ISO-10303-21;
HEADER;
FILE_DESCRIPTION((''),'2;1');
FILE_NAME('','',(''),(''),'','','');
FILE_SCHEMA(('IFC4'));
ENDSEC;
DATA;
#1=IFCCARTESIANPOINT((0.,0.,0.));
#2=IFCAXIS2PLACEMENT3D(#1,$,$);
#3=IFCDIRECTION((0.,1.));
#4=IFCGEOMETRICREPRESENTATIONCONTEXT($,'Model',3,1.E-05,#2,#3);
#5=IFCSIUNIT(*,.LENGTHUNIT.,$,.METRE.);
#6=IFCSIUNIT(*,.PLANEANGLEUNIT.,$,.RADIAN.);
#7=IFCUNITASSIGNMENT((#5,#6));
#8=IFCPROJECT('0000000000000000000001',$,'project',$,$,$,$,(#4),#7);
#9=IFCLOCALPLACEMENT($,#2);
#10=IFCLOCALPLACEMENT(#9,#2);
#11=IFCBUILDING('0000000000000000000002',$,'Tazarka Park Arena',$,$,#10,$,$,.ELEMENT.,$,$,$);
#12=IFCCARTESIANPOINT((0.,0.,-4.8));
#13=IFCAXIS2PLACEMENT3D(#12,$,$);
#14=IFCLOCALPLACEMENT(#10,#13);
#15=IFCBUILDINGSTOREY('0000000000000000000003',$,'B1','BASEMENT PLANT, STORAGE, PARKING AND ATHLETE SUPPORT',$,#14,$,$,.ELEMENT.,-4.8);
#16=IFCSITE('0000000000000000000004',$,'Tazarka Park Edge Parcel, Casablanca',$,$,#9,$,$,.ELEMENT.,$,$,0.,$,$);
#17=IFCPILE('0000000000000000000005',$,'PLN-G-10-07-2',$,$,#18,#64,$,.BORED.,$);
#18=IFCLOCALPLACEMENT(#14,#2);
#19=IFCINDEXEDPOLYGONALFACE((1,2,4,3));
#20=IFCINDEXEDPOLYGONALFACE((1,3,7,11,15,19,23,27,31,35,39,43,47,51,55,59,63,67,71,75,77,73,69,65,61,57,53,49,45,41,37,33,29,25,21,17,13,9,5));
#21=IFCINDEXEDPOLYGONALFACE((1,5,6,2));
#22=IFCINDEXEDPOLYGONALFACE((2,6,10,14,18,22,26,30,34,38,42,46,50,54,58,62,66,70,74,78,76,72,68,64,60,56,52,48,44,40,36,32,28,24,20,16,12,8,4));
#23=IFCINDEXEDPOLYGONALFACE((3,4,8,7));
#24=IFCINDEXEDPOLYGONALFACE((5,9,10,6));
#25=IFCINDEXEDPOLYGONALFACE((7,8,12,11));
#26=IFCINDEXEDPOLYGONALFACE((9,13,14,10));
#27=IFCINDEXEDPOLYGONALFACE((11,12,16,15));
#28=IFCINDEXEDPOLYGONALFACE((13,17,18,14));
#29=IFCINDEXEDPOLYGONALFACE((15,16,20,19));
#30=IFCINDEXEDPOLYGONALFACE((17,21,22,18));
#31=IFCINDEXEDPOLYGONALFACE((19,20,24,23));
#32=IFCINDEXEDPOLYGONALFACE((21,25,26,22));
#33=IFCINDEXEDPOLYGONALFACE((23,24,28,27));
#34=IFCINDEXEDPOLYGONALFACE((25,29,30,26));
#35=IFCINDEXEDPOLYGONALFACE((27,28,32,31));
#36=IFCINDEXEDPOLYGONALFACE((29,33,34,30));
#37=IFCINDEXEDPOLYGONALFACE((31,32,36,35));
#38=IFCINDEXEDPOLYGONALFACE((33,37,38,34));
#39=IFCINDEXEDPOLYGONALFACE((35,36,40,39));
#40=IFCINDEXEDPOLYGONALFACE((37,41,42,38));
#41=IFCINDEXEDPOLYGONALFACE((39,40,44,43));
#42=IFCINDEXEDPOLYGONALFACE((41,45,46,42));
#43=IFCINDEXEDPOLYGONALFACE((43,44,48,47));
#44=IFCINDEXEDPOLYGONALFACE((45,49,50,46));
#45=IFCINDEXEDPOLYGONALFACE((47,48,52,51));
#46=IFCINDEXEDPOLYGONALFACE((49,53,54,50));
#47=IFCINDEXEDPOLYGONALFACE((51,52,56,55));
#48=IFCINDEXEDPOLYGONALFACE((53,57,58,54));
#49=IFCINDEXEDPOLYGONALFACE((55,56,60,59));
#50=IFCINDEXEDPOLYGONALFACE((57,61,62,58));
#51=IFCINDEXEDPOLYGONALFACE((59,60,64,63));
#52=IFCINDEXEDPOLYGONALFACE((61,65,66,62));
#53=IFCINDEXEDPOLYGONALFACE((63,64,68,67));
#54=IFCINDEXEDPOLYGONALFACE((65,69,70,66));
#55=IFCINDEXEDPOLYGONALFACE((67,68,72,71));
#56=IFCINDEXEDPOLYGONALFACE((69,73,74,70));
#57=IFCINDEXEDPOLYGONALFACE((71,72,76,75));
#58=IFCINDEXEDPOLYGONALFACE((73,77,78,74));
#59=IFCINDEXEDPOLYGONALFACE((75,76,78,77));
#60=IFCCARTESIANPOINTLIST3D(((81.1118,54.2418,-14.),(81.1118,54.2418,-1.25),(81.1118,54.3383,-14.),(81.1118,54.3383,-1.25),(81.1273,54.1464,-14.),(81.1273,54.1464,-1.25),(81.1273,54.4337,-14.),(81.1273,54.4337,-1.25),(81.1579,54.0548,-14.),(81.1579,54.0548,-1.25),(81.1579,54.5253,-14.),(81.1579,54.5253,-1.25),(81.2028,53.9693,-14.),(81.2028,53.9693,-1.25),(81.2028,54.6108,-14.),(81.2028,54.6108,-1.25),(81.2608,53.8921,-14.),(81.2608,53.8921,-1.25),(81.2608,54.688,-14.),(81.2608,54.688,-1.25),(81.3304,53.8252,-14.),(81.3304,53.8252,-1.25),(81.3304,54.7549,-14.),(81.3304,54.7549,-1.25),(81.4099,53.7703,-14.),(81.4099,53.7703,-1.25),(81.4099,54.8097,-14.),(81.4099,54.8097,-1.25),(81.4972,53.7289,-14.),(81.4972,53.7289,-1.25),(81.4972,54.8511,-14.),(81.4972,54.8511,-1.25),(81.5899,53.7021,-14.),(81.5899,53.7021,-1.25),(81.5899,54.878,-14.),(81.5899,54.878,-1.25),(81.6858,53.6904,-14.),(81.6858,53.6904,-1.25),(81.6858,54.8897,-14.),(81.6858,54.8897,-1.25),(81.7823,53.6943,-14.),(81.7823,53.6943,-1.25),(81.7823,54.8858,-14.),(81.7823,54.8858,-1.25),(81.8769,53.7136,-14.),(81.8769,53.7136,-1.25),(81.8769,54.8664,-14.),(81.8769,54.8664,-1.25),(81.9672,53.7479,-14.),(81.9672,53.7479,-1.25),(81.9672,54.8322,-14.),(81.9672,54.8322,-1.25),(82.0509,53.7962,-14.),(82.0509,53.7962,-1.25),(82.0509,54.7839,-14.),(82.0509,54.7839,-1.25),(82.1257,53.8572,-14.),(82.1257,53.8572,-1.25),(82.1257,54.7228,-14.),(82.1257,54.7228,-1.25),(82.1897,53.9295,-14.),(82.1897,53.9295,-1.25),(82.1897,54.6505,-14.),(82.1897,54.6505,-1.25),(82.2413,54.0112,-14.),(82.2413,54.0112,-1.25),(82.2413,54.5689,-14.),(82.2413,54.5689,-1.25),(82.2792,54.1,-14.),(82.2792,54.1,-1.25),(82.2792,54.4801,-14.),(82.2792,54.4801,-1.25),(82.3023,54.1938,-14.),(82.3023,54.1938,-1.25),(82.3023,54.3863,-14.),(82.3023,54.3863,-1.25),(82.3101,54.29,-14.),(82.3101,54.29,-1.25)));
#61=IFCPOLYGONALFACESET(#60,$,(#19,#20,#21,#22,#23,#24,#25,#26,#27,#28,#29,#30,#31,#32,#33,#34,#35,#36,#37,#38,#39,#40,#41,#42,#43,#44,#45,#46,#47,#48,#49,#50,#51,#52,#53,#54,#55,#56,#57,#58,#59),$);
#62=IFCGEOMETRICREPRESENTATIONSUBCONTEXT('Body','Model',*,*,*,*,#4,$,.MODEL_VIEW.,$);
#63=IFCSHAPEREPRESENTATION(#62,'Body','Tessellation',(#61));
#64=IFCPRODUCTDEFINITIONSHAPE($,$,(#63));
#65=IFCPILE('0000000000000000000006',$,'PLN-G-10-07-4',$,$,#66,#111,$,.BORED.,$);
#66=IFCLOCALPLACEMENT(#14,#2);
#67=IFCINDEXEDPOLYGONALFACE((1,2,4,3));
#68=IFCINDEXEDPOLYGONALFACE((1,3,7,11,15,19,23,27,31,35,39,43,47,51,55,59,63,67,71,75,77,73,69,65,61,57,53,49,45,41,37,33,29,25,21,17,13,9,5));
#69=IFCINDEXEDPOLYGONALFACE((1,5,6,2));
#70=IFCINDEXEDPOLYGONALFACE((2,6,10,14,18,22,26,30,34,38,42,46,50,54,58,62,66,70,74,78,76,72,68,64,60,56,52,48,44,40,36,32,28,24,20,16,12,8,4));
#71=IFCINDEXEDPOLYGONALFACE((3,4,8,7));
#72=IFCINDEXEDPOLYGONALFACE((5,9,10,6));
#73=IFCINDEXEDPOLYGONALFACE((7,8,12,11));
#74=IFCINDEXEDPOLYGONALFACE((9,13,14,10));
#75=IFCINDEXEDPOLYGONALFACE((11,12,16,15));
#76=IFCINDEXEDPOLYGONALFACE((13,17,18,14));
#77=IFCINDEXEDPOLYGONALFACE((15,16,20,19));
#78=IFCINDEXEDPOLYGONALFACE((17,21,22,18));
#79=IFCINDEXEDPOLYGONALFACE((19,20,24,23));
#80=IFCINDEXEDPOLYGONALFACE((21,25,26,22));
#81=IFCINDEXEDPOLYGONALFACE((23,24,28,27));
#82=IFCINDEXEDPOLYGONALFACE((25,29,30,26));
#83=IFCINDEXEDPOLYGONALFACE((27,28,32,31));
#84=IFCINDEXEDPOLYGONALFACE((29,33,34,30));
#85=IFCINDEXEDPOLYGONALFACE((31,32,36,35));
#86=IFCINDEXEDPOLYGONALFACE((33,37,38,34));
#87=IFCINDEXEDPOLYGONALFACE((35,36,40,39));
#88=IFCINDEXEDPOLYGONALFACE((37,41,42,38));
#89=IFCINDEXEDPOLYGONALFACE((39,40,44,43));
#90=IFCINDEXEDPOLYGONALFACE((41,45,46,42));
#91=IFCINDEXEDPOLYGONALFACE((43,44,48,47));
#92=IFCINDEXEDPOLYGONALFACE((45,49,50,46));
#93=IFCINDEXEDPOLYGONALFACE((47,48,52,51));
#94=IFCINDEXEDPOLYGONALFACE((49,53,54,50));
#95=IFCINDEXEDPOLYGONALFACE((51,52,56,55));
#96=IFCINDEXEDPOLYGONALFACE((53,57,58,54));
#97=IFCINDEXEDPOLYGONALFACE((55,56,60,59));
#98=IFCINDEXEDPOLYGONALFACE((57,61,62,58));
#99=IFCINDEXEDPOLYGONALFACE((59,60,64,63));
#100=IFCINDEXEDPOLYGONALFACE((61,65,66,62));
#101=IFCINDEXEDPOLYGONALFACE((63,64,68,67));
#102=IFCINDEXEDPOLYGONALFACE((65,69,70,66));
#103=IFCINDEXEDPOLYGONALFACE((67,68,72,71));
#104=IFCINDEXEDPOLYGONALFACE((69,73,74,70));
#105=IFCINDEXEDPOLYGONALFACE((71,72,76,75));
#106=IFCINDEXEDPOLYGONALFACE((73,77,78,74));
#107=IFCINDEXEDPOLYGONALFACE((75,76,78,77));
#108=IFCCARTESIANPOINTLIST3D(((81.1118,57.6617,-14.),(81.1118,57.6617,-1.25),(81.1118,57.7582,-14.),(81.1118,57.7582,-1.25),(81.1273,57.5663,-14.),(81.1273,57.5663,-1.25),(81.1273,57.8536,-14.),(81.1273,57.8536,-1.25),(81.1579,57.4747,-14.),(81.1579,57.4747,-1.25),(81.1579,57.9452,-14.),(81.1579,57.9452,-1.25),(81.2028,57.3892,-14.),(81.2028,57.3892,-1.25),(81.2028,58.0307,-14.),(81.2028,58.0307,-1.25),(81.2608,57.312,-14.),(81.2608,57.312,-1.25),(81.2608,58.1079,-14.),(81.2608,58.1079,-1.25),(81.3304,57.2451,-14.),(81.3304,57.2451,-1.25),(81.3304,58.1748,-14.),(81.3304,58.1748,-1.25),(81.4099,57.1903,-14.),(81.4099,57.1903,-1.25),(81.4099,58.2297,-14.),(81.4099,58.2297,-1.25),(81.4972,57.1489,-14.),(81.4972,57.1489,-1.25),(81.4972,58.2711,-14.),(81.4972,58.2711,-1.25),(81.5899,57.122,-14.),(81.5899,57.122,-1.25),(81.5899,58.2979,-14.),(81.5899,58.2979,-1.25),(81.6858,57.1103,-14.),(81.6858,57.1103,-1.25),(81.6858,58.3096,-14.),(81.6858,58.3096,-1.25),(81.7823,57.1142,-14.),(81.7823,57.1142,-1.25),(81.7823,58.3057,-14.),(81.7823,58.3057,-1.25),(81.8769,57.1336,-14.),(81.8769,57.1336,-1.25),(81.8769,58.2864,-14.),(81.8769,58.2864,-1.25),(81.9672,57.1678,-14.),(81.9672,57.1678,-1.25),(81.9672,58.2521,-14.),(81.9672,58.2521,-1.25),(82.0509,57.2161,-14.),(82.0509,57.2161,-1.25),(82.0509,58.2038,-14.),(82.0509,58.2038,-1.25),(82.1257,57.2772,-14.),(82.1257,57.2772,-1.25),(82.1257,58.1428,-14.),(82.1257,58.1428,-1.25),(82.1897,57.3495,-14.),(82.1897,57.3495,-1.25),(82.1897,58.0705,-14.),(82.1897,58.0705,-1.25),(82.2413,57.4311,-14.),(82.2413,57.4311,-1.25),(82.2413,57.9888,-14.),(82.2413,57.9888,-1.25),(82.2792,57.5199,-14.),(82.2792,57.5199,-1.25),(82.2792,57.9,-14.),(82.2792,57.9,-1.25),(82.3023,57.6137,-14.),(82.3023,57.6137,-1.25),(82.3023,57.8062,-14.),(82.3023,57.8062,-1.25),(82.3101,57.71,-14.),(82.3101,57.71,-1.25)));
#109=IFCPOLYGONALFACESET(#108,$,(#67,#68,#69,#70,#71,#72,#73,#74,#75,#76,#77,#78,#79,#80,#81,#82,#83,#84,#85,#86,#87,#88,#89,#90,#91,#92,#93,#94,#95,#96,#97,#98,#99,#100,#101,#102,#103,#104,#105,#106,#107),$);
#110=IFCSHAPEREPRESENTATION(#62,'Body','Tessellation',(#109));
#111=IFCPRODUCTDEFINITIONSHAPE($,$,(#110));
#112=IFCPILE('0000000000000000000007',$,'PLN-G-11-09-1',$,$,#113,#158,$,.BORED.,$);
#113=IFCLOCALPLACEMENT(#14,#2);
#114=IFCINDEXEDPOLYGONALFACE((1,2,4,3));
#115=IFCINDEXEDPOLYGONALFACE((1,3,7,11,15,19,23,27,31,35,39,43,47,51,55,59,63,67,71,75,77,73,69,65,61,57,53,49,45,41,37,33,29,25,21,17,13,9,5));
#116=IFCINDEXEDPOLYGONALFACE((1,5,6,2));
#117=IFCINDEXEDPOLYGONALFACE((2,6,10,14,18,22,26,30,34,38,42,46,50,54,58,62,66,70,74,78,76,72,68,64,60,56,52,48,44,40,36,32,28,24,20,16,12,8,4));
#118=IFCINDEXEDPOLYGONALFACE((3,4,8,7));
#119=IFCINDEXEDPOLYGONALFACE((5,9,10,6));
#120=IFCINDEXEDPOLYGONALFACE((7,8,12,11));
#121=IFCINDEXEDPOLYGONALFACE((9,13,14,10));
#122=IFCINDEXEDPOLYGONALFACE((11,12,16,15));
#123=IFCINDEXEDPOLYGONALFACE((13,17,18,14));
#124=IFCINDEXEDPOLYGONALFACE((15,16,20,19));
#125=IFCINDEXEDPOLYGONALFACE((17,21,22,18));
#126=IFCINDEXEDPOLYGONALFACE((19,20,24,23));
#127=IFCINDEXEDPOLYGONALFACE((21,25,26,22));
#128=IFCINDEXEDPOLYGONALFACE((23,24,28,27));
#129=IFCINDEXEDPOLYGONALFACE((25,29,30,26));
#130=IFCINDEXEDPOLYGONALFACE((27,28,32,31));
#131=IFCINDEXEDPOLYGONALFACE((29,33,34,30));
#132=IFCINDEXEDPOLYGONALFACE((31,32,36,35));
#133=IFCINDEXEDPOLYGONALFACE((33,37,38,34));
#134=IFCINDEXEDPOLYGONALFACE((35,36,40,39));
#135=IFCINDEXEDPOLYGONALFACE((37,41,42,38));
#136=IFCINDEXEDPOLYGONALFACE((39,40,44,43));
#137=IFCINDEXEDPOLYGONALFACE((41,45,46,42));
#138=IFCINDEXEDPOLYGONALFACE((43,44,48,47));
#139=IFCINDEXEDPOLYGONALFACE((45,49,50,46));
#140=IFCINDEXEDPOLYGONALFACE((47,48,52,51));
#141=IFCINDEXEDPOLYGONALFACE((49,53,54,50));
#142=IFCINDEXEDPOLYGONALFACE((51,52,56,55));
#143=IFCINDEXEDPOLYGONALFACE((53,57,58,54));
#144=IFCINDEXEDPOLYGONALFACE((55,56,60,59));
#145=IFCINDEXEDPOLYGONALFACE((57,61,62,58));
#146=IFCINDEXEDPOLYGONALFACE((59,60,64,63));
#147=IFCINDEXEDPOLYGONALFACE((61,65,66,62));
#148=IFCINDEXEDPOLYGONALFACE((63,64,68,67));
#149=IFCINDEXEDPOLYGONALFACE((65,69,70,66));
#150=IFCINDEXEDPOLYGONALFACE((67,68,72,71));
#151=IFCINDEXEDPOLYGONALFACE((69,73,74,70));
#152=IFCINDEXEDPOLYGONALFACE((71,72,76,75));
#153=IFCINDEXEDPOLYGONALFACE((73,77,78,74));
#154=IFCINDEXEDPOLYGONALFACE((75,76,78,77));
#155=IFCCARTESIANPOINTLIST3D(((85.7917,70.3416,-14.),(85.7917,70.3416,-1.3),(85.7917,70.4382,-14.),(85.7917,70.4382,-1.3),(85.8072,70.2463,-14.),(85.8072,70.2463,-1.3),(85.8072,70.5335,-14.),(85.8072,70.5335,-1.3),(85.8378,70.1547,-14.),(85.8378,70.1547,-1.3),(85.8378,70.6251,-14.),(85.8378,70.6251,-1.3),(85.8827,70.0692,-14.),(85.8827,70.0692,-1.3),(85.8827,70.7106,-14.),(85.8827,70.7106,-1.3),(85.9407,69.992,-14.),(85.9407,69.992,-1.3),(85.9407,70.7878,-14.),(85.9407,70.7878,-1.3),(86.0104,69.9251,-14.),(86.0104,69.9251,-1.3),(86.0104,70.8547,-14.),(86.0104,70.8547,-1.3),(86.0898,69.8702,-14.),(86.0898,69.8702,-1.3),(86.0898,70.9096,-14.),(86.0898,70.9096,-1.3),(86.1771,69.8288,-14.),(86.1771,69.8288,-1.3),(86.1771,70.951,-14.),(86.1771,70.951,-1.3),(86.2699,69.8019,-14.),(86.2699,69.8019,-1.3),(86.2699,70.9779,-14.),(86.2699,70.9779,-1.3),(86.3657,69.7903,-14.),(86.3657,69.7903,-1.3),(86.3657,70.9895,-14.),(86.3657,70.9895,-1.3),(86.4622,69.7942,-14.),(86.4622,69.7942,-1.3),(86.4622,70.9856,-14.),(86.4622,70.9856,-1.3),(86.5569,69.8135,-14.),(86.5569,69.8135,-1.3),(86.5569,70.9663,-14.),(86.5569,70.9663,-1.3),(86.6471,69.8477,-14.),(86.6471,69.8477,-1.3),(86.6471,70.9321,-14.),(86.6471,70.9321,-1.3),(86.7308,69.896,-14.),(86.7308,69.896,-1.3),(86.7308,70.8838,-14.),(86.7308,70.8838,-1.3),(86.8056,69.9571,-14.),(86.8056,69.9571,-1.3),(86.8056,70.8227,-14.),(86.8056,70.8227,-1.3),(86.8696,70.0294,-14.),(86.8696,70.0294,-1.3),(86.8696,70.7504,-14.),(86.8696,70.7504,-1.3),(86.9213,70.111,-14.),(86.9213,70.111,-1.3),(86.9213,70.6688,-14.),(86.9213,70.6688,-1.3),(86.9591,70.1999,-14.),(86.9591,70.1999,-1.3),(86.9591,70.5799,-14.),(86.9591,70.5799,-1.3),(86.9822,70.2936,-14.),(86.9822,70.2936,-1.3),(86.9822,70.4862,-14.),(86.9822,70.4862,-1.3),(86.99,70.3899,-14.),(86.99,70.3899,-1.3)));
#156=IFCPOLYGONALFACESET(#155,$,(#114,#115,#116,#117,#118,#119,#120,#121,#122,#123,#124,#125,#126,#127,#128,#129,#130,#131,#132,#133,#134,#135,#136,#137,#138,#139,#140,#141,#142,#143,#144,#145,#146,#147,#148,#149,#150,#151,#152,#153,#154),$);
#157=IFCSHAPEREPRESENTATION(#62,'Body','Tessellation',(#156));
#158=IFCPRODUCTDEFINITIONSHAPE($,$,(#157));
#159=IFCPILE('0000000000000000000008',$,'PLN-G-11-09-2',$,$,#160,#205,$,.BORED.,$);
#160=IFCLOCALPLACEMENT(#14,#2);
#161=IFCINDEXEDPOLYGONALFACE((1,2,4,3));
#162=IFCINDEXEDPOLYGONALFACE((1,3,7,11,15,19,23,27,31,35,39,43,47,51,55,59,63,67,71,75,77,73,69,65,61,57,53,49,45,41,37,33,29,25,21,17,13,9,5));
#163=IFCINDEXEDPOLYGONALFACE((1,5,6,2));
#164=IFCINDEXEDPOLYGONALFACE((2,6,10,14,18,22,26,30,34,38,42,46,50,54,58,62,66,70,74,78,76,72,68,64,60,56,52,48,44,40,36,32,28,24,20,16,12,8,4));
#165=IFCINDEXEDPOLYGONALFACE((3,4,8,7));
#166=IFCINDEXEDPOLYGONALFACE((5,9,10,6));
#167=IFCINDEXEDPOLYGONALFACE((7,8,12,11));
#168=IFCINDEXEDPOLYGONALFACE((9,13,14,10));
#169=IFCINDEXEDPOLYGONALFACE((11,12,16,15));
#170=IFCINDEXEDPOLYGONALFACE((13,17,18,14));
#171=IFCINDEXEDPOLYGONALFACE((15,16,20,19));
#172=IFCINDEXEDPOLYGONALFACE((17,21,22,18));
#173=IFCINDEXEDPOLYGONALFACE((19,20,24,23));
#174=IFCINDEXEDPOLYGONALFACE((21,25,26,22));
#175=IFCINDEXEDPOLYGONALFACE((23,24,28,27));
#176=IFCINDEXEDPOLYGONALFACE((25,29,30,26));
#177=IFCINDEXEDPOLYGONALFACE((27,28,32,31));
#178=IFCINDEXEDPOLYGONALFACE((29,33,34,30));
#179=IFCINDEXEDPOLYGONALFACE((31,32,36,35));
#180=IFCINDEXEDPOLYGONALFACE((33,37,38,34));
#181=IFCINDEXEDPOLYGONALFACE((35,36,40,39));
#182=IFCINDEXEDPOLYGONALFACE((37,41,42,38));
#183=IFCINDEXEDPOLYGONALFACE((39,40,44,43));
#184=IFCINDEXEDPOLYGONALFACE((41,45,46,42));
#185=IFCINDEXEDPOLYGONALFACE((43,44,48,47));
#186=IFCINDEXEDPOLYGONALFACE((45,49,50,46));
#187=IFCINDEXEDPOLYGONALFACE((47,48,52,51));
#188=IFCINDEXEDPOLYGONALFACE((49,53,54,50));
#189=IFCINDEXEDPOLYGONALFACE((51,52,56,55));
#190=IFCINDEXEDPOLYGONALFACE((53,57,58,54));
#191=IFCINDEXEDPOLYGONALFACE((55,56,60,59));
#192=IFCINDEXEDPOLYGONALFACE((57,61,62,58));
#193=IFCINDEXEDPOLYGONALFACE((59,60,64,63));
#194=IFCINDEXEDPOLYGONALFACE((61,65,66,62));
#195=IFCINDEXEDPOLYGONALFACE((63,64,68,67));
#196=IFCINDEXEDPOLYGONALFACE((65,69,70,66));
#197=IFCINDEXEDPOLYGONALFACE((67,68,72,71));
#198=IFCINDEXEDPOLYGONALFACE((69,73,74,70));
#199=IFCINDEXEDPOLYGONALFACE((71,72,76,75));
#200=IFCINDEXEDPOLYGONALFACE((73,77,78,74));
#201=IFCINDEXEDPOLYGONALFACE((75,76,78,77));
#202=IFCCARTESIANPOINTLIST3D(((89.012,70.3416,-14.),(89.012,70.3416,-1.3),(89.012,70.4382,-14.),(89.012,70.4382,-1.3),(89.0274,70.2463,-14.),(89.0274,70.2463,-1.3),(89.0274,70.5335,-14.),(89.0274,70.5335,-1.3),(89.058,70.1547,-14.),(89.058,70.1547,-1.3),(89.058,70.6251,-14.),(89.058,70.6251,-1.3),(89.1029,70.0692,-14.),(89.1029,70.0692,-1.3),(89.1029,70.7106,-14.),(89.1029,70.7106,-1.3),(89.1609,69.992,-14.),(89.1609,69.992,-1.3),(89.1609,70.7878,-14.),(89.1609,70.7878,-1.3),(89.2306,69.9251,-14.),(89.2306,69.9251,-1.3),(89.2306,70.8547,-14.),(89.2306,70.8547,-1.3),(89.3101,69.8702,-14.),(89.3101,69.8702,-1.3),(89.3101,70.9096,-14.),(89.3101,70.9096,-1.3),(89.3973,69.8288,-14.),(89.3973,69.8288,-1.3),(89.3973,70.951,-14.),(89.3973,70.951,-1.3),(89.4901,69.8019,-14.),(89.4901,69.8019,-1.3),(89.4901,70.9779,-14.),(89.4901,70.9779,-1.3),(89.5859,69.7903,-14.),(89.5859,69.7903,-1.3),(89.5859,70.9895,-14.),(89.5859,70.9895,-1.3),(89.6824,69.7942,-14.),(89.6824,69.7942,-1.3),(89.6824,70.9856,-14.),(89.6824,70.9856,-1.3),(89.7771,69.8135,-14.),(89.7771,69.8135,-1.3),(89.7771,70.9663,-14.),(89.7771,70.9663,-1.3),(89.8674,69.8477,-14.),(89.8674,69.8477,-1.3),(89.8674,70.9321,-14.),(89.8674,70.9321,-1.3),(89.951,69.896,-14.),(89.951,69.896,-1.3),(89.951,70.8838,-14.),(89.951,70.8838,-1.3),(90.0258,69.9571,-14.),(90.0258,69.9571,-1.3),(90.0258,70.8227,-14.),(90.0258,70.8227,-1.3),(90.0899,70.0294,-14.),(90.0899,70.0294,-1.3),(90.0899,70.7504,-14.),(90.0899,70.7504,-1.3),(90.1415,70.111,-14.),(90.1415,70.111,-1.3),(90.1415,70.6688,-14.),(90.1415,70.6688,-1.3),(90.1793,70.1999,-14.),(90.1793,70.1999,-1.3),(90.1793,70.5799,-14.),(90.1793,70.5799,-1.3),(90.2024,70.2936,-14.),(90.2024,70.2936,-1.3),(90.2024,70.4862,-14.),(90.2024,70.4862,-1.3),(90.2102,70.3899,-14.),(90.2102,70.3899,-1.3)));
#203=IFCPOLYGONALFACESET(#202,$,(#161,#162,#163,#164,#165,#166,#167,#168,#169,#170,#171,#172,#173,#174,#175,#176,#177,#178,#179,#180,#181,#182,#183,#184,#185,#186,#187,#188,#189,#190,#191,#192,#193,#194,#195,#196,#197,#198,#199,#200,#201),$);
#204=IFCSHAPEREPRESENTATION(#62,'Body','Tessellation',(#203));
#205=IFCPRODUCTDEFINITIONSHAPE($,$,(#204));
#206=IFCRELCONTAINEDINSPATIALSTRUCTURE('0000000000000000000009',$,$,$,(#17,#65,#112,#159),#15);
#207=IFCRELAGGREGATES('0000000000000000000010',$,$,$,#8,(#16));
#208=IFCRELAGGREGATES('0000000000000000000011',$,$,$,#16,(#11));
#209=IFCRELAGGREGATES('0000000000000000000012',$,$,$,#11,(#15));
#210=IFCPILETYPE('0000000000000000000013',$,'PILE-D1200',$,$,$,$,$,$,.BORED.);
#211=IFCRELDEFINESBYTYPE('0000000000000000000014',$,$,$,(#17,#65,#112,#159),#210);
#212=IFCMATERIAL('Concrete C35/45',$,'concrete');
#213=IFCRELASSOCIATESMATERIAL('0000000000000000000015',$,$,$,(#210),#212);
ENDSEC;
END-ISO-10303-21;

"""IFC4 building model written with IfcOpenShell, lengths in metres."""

from ifc_helpers import new_model, si_unit, direction, frame, origin, origin_2d, place, context, subcontext, project, spatial, circle, extrude, material, material_profile, profile_set, type_object, element, save


model = new_model("IFC4")

# Units and contexts
model_context = context("Model", 3, precision=1e-05, world=origin(), true_north=direction((0.0, 1.0)))
body_context = subcontext(model_context, "Body", "Model", "MODEL_VIEW")
ifc_project = project(units=[si_unit("LENGTHUNIT", "METRE"), si_unit("PLANEANGLEUNIT", "RADIAN")], contexts=[model_context])

# Site, building, storey
site_placement = place(None, origin())
site = spatial("IfcSite", under=ifc_project, at=site_placement, Name="Tazarka Park Edge Parcel, Casablanca", CompositionType="ELEMENT", RefElevation=0.0)
building_placement = place(site_placement, origin())
building = spatial("IfcBuilding", under=site, at=building_placement, Name="Tazarka Park Arena", CompositionType="ELEMENT")
storey_placement = place(building_placement, frame((0.0, 0.0, -4.8)))
storey = spatial("IfcBuildingStorey", under=building, at=storey_placement, Name="B1", Description="BASEMENT PLANT, STORAGE, PARKING AND ATHLETE SUPPORT", CompositionType="ELEMENT", Elevation=-4.8)

# Piles
ifc_material_1 = material(Name="Concrete C35/45", Category="concrete")
ifc_material_profile_1 = material_profile(ifc_material_1, circle(Radius=0.6001, at=origin_2d()), Name="Concrete C35/45")
ifc_profile_set_1 = profile_set([ifc_material_profile_1], Name="Concrete C35/45")
pile_type_1 = type_object("IfcPileType", Name="PILE-D1200", PredefinedType="BORED", material=ifc_profile_set_1)
for number, where, z_axis, x_axis, name in (
    (1, (81.71, 54.29, -1.25), (0.0, 0.0, -1.0), (1.0, 0.0, 0.0), "PLN-G-10-07-2"),
    (2, (81.71, 57.71, -1.25), (0.0, 0.0, -1.0), (1.0, 0.0, 0.0), "PLN-G-10-07-4"),
):
    element("IfcPile", number, at=place(storey_placement, frame(where, z_axis=z_axis, x_axis=x_axis)), inside=storey, type_object=pile_type_1, Name=name, PredefinedType="BORED", context=body_context, shape_type="SweptSolid", body=[
        extrude(circle(Radius=0.6001, at=origin_2d()), origin(), (0.0, 0.0, 1.0), 12.75),
    ])
for number, where, z_axis, x_axis, name in (
    (3, (86.3899, 70.3899, -1.3), (0.0, 0.0, -1.0), (1.0, 0.0, 0.0), "PLN-G-11-09-1"),
    (4, (89.6101, 70.3899, -1.3), (0.0, 0.0, -1.0), (1.0, 0.0, 0.0), "PLN-G-11-09-2"),
):
    element("IfcPile", number, at=place(storey_placement, frame(where, z_axis=z_axis, x_axis=x_axis)), inside=storey, type_object=pile_type_1, Name=name, PredefinedType="BORED", context=body_context, shape_type="SweptSolid", body=[
        extrude(circle(Radius=0.6001, at=origin_2d()), origin(), (0.0, 0.0, 1.0), 12.7),
    ])

save(model, "model.ifc")
